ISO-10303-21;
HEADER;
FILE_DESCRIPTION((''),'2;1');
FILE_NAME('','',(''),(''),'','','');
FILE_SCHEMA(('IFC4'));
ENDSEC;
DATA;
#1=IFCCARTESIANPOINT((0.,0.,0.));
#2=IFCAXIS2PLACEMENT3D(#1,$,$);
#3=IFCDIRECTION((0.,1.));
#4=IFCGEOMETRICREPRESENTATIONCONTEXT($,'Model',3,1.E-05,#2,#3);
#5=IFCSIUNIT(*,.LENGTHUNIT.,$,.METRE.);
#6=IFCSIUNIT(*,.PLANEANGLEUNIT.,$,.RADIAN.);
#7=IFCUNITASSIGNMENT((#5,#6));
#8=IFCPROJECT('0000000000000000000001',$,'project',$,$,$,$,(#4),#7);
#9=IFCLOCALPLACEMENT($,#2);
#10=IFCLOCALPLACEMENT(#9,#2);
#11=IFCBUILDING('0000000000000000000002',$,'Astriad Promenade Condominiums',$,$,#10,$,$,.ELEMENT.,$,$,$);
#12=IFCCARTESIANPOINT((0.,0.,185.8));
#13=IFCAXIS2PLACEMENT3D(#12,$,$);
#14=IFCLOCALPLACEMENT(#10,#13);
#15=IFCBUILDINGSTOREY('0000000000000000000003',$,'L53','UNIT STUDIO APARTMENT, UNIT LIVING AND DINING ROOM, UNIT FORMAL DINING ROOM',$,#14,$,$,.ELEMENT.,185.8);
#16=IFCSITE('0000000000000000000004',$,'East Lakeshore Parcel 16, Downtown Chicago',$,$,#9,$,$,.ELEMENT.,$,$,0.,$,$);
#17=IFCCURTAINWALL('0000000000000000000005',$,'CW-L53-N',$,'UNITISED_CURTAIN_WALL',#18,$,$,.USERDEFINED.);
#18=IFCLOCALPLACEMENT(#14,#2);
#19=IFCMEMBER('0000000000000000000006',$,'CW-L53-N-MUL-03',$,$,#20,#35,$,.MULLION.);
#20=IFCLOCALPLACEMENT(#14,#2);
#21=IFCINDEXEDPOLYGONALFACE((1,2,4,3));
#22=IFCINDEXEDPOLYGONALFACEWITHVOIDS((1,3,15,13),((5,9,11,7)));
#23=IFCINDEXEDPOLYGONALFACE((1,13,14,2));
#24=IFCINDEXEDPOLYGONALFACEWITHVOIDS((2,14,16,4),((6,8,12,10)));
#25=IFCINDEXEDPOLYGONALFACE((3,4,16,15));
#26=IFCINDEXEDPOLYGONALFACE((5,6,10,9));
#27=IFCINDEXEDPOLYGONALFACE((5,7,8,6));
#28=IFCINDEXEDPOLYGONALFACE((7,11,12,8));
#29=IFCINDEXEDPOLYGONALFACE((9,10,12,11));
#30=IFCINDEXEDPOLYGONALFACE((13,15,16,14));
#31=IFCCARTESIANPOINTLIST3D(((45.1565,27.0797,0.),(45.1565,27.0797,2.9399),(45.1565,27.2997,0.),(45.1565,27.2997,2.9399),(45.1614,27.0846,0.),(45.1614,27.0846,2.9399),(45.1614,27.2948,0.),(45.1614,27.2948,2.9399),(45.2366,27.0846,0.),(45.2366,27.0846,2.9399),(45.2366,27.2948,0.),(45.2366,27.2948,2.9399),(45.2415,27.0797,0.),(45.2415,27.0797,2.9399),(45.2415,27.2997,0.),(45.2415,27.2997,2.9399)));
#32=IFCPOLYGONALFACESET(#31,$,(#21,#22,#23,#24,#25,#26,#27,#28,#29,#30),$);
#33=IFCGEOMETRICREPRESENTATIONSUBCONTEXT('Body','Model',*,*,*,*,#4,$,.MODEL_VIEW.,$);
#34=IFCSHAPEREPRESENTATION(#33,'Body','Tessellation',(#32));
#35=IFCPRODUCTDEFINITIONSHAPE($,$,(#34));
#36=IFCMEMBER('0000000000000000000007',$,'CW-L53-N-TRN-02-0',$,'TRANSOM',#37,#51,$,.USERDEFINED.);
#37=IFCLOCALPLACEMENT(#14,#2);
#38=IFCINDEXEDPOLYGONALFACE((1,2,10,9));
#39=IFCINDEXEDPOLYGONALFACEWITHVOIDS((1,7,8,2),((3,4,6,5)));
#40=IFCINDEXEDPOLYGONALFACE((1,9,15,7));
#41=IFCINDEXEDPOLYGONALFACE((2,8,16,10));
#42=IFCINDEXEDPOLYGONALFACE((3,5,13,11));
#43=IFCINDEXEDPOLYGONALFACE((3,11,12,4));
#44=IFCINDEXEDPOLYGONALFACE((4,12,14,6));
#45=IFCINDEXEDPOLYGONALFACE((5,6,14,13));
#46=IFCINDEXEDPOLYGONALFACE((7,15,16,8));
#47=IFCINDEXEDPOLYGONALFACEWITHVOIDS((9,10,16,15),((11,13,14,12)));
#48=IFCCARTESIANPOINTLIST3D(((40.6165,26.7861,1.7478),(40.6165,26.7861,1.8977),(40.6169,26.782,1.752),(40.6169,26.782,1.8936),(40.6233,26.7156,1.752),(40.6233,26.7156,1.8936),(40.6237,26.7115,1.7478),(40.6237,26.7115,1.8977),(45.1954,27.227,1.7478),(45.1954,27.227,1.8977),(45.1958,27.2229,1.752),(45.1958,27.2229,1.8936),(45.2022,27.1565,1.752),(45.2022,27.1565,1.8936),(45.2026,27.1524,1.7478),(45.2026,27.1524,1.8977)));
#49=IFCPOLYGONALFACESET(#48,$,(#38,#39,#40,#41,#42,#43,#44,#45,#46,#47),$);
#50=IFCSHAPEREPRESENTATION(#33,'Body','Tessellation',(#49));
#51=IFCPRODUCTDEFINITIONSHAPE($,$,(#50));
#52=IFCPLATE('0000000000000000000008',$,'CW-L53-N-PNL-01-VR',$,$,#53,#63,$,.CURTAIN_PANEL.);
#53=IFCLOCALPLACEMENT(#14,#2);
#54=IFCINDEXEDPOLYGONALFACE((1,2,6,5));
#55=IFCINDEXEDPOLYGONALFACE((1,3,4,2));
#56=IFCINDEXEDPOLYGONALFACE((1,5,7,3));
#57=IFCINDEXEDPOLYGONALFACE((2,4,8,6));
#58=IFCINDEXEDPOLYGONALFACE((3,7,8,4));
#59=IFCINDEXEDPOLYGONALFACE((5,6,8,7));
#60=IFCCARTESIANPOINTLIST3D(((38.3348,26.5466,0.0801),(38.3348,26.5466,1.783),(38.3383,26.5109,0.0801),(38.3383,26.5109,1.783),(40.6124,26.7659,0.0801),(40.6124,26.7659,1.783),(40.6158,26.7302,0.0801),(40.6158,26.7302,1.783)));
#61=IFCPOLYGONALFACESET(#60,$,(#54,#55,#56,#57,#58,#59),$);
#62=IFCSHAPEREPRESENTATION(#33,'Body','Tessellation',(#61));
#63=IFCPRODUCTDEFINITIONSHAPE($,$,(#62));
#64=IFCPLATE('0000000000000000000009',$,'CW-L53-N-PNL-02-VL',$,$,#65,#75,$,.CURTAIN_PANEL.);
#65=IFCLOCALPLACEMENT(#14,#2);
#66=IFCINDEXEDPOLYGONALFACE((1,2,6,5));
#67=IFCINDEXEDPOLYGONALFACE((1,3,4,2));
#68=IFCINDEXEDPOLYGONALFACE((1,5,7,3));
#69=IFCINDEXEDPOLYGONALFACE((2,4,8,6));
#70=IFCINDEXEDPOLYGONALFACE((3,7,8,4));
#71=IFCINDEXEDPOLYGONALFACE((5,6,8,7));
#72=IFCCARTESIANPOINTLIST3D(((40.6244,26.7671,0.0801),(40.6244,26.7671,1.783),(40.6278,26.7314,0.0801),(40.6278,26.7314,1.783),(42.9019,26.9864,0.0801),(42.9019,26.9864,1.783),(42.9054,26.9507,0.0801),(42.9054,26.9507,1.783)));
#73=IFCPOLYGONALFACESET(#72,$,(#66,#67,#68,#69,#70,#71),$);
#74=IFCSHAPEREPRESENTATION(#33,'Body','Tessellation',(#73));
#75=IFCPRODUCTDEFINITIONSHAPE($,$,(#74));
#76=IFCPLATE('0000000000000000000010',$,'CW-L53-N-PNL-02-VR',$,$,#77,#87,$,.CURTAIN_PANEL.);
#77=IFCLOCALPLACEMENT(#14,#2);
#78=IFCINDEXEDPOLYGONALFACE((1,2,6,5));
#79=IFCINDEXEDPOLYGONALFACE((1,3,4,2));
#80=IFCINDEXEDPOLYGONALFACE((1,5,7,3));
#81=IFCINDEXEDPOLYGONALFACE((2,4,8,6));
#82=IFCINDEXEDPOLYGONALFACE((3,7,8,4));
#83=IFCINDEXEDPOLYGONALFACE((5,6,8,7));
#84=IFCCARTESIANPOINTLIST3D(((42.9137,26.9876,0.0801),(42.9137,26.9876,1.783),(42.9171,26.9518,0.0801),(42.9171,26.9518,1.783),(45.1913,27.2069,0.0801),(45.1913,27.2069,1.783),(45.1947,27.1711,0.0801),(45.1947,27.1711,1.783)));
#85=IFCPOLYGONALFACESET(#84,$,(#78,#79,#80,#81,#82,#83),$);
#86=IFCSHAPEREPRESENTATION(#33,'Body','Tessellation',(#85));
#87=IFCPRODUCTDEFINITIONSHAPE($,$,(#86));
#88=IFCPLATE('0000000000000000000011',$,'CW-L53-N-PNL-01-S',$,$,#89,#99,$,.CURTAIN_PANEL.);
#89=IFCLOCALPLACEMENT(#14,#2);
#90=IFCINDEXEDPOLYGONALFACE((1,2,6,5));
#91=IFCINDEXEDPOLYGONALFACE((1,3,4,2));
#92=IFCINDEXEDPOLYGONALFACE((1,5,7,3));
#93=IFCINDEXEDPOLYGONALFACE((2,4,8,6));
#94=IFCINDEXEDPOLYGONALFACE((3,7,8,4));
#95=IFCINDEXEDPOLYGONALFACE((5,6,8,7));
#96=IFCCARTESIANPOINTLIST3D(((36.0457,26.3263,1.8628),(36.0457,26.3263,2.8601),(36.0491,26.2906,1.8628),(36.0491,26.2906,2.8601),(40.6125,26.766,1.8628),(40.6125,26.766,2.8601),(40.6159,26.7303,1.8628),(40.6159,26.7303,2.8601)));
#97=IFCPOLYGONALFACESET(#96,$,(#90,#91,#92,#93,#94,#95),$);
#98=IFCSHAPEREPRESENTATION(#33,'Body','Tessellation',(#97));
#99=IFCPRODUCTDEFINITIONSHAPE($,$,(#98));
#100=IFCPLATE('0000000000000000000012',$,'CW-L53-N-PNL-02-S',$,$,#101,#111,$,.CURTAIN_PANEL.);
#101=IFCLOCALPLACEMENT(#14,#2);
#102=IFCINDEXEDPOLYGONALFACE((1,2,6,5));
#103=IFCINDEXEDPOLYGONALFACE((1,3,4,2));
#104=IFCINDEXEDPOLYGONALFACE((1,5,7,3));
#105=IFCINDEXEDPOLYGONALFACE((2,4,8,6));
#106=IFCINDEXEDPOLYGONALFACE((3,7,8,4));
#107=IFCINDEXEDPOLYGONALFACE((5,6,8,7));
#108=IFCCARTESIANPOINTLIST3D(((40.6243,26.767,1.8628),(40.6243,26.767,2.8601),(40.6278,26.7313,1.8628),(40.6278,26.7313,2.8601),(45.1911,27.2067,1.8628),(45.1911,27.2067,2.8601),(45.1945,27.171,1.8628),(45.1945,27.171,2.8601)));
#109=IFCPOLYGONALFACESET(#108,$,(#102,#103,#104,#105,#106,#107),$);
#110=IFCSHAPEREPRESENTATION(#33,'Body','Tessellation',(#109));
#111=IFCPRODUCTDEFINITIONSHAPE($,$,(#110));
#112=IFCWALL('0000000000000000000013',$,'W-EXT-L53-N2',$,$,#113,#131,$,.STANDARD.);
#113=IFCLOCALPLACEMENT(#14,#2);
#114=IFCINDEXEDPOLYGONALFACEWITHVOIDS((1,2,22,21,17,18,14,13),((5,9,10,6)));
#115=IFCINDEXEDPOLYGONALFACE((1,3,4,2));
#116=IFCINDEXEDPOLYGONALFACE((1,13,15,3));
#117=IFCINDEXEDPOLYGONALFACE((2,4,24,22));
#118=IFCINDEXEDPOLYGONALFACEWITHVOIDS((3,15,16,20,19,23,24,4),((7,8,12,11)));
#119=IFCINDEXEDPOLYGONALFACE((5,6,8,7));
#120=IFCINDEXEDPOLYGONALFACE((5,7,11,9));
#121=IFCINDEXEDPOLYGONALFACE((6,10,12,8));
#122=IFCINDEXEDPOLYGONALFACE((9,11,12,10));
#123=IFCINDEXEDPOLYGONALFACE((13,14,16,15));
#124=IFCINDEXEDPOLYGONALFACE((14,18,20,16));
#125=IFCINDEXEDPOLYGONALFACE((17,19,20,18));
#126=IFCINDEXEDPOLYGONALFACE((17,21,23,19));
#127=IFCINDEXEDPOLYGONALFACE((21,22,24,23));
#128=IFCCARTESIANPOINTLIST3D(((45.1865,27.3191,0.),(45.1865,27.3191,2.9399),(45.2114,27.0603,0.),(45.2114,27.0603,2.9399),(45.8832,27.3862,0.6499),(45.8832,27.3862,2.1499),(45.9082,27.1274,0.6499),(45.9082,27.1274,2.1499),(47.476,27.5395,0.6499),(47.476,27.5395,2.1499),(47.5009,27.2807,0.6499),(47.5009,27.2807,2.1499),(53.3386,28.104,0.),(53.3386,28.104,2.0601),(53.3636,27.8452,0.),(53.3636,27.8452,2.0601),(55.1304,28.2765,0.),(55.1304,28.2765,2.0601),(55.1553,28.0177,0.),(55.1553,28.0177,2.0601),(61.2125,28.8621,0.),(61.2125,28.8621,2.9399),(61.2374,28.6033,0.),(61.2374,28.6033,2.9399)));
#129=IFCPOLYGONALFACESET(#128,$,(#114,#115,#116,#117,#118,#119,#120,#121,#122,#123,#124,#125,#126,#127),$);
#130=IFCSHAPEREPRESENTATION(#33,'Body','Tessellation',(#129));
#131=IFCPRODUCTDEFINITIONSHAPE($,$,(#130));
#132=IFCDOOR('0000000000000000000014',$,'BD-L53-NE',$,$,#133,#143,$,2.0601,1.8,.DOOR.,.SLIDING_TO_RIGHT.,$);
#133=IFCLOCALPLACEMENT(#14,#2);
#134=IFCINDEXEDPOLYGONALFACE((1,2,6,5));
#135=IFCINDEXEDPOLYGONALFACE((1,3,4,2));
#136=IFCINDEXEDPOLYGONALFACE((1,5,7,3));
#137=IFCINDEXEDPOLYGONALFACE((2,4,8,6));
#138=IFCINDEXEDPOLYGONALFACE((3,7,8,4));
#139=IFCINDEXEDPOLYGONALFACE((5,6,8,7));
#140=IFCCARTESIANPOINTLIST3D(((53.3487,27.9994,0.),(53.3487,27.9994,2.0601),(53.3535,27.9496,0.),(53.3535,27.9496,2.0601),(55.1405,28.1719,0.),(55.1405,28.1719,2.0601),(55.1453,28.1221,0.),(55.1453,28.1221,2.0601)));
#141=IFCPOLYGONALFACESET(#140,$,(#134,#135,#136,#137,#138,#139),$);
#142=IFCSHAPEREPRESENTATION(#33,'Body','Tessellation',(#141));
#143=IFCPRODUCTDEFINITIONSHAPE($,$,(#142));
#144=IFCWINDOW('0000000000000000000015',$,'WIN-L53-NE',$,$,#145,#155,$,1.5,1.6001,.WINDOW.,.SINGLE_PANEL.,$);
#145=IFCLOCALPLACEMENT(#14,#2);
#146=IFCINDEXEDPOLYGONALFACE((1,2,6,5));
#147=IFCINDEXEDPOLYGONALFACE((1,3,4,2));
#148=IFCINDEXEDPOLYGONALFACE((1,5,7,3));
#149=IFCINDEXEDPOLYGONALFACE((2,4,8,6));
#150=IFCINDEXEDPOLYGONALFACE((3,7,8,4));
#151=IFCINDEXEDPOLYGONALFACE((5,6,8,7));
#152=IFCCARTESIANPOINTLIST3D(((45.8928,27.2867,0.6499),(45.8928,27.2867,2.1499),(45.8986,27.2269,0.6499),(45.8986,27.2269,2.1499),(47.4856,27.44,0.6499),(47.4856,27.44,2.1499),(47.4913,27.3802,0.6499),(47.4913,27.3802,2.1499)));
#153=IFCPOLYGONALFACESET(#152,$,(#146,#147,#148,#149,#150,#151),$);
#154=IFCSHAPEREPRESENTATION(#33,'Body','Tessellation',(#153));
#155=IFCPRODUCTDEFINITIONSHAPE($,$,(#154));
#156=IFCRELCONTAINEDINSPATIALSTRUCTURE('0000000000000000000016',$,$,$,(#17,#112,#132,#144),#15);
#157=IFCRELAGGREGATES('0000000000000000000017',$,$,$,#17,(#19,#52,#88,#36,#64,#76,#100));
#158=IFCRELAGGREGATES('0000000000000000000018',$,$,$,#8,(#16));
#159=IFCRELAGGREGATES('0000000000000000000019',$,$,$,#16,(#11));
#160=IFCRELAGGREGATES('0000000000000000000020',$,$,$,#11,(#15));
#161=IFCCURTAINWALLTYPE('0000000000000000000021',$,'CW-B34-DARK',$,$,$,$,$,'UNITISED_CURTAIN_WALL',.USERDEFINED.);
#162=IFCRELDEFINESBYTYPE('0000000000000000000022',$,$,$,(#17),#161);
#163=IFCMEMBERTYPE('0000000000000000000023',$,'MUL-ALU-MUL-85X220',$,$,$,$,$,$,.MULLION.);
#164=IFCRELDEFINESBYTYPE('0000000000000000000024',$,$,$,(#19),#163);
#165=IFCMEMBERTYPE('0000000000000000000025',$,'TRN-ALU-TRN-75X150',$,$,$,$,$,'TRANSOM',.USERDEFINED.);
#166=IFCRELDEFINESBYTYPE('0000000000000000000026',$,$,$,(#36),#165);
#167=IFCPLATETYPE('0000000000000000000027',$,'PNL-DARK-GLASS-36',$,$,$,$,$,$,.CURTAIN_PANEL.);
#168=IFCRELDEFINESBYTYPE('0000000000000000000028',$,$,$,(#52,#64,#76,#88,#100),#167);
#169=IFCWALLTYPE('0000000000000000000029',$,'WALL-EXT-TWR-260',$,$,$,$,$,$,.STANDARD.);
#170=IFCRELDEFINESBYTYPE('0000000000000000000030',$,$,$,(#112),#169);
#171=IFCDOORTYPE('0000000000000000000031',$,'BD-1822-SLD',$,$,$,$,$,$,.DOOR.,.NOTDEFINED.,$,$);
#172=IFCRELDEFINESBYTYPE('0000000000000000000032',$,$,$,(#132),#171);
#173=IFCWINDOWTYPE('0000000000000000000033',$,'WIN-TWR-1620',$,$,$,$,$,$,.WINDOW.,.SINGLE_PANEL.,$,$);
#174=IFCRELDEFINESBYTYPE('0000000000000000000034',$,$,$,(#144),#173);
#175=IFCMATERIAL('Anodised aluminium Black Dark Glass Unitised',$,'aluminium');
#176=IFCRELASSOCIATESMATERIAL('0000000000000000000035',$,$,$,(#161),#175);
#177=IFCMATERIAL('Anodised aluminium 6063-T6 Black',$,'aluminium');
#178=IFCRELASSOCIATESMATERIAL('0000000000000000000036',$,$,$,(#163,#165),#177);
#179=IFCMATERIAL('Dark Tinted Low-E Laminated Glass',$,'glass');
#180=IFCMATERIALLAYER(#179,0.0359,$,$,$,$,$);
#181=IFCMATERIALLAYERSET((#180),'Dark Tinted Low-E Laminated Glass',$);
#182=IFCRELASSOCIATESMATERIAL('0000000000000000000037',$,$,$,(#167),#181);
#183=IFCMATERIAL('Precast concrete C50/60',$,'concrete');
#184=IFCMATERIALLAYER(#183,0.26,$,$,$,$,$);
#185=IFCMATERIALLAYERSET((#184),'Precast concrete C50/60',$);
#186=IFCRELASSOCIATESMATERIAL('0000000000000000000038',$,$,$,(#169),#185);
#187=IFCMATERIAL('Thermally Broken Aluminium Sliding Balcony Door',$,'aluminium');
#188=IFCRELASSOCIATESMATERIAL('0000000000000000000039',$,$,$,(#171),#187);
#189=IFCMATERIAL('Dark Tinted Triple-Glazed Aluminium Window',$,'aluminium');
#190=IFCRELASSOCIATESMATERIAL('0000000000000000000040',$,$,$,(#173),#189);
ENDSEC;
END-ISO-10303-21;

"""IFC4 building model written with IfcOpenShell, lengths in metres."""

from ifc_helpers import new_model, si_unit, direction, frame, frame_2d, origin, origin_2d, place, context, subcontext, project, spatial, rectangle, hollow_rectangle, extrude, source, transform, mapped, material, layer, layer_set, material_profile, profile_set, type_object, type_shapes, element, fill, aggregate, save


model = new_model("IFC4")

# Units and contexts
model_context = context("Model", 3, precision=1e-05, world=origin(), true_north=direction((0.0, 1.0)))
body_context = subcontext(model_context, "Body", "Model", "MODEL_VIEW")
ifc_project = project(units=[si_unit("LENGTHUNIT", "METRE"), si_unit("PLANEANGLEUNIT", "RADIAN")], contexts=[model_context])

# Site, building, storey
site_placement = place(None, origin())
site = spatial("IfcSite", under=ifc_project, at=site_placement, Name="East Lakeshore Parcel 16, Downtown Chicago", CompositionType="ELEMENT", RefElevation=0.0)
building_placement = place(site_placement, origin())
building = spatial("IfcBuilding", under=site, at=building_placement, Name="Astriad Promenade Condominiums", CompositionType="ELEMENT")
storey_placement = place(building_placement, frame((0.0, 0.0, 185.8)))
storey = spatial("IfcBuildingStorey", under=building, at=storey_placement, Name="L53", Description="UNIT STUDIO APARTMENT, UNIT LIVING AND DINING ROOM, UNIT FORMAL DINING ROOM", CompositionType="ELEMENT", Elevation=185.8)

# Curtain wall, members, plates
ifc_material_1 = material(Name="Anodised aluminium Black Dark Glass Unitised", Category="aluminium")
curtain_wall_type = type_object("IfcCurtainWallType", Name="CW-B34-DARK", ElementType="UNITISED_CURTAIN_WALL", PredefinedType="USERDEFINED", material=ifc_material_1)
curtain_wall_placement = place(storey_placement, origin())
curtain_wall = element("IfcCurtainWall", 1, at=curtain_wall_placement, inside=storey, type_object=curtain_wall_type, Name="CW-L53-N", ObjectType="UNITISED_CURTAIN_WALL", PredefinedType="USERDEFINED")
ifc_material_2 = material(Name="Anodised aluminium 6063-T6 Black", Category="aluminium")
ifc_material_profile_1 = material_profile(ifc_material_2, hollow_rectangle(XDim=0.085, YDim=0.22, WallThickness=0.0049, at=origin_2d()), Name="ALU-MUL-85X220")
ifc_profile_set_1 = profile_set([ifc_material_profile_1], Name="Anodised aluminium 6063-T6 Black")
member_type_1 = type_object("IfcMemberType", Name="MUL-ALU-MUL-85X220", PredefinedType="MULLION", material=ifc_profile_set_1)
shared_shape_1 = source(origin(), body_context, "Body", "SweptSolid", [
    extrude(hollow_rectangle(XDim=0.085, YDim=0.22, WallThickness=0.0049, at=origin_2d()), origin(), (0.0, 0.0, 1.0), 2.9399),
])
type_shapes(member_type_1, [shared_shape_1])
member_1_placement = place(storey_placement, frame((45.199, 27.1897, 0.0), z_axis=(0.0, 0.0, 1.0), x_axis=(1.0, 0.0, 0.0)))
member_1 = element("IfcMember", 2, at=member_1_placement, type_object=member_type_1, Name="CW-L53-N-MUL-03", PredefinedType="MULLION", context=body_context, shape_type="MappedRepresentation", body=[
    mapped(shared_shape_1, transform((0.0, 0.0, 0.0), scale=1.0)),
])
ifc_material_profile_2 = material_profile(ifc_material_2, hollow_rectangle(XDim=0.075, YDim=0.1499, WallThickness=0.0042, at=origin_2d()), Name="ALU-TRN-75X150")
ifc_profile_set_2 = profile_set([ifc_material_profile_2], Name="Anodised aluminium 6063-T6 Black")
member_type_2 = type_object("IfcMemberType", Name="TRN-ALU-TRN-75X150", ElementType="TRANSOM", PredefinedType="USERDEFINED", material=ifc_profile_set_2)
shared_shape_2 = source(origin(), body_context, "Body", "SweptSolid", [
    extrude(hollow_rectangle(XDim=0.075, YDim=0.1499, WallThickness=0.0042, at=origin_2d()), origin(), (0.0, 0.0, 1.0), 4.6001),
])
type_shapes(member_type_2, [shared_shape_2])
member_2_placement = place(storey_placement, frame((40.6201, 26.7488, 1.8228), z_axis=(0.995396, 0.095851, 0.0), x_axis=(-0.095851, 0.995396, 0.0)))
member_2 = element("IfcMember", 3, at=member_2_placement, type_object=member_type_2, Name="CW-L53-N-TRN-02-0", ObjectType="TRANSOM", PredefinedType="USERDEFINED", context=body_context, shape_type="MappedRepresentation", body=[
    mapped(shared_shape_2, transform((0.0, 0.0, 0.0), scale=1.0)),
])
ifc_material_3 = material(Name="Dark Tinted Low-E Laminated Glass", Category="glass")
ifc_layer_1 = layer(ifc_material_3, 0.0359)
ifc_layer_set_1 = layer_set([ifc_layer_1], Name="Dark Tinted Low-E Laminated Glass")
plate_type = type_object("IfcPlateType", Name="PNL-DARK-GLASS-36", PredefinedType="CURTAIN_PANEL", material=ifc_layer_set_1)
shared_shape_3 = source(origin(), body_context, "Body", "SweptSolid", [
    extrude(rectangle(XDim=2.2881, YDim=0.0359, at=origin_2d()), origin(), (0.0, 0.0, 1.0), 1.7029),
])
plate_1_placement = place(storey_placement, frame((39.4753, 26.6384, 0.0801), z_axis=(0.0, 0.0, 1.0), x_axis=(0.995396, 0.095846, 0.0)))
plate_1 = element("IfcPlate", 4, at=plate_1_placement, type_object=plate_type, Name="CW-L53-N-PNL-01-VR", PredefinedType="CURTAIN_PANEL", context=body_context, shape_type="MappedRepresentation", body=[
    mapped(shared_shape_3, transform((0.0, 0.0, 0.0), scale=1.0)),
])
plate_2_placement = place(storey_placement, frame((41.7649, 26.8589, 0.0801), z_axis=(0.0, 0.0, 1.0), x_axis=(0.995396, 0.095846, 0.0)))
plate_2 = element("IfcPlate", 5, at=plate_2_placement, type_object=plate_type, Name="CW-L53-N-PNL-02-VL", PredefinedType="CURTAIN_PANEL", context=body_context, shape_type="MappedRepresentation", body=[
    mapped(shared_shape_3, transform((0.0, 0.0, 0.0), scale=1.0)),
])
plate_3_placement = place(storey_placement, frame((44.0542, 27.0793, 0.0801), z_axis=(0.0, 0.0, 1.0), x_axis=(0.995396, 0.095846, 0.0)))
plate_3 = element("IfcPlate", 6, at=plate_3_placement, type_object=plate_type, Name="CW-L53-N-PNL-02-VR", PredefinedType="CURTAIN_PANEL", context=body_context, shape_type="MappedRepresentation", body=[
    mapped(shared_shape_3, transform((0.0, 0.0, 0.0), scale=1.0)),
])
shared_shape_4 = source(origin(), body_context, "Body", "SweptSolid", [
    extrude(rectangle(XDim=4.5879, YDim=0.0359, at=origin_2d()), origin(), (0.0, 0.0, 1.0), 0.9973),
])
type_shapes(plate_type, [shared_shape_3, shared_shape_4])
plate_4_placement = place(storey_placement, frame((38.3308, 26.5283, 1.8628), z_axis=(0.0, 0.0, 1.0), x_axis=(0.995396, 0.095846, 0.0)))
plate_4 = element("IfcPlate", 7, at=plate_4_placement, type_object=plate_type, Name="CW-L53-N-PNL-01-S", PredefinedType="CURTAIN_PANEL", context=body_context, shape_type="MappedRepresentation", body=[
    mapped(shared_shape_4, transform((0.0, 0.0, 0.0), scale=1.0)),
])
plate_5_placement = place(storey_placement, frame((42.9094, 26.969, 1.8628), z_axis=(0.0, 0.0, 1.0), x_axis=(0.995396, 0.095846, 0.0)))
plate_5 = element("IfcPlate", 8, at=plate_5_placement, type_object=plate_type, Name="CW-L53-N-PNL-02-S", PredefinedType="CURTAIN_PANEL", context=body_context, shape_type="MappedRepresentation", body=[
    mapped(shared_shape_4, transform((0.0, 0.0, 0.0), scale=1.0)),
])
aggregate(curtain_wall, [member_1, plate_1, plate_4, member_2, plate_2, plate_3, plate_5])

# Wall, openings, door, window
ifc_material_4 = material(Name="Precast concrete C50/60", Category="concrete")
ifc_layer_2 = layer(ifc_material_4, 0.26)
ifc_layer_set_2 = layer_set([ifc_layer_2], Name="Precast concrete C50/60")
wall_type_1 = type_object("IfcWallType", Name="WALL-EXT-TWR-260", PredefinedType="STANDARD", material=ifc_layer_set_2)
wall_1_placement = place(storey_placement, frame((45.199, 27.1897, 0.0), z_axis=(0.0, 0.0, 1.0), x_axis=(0.995397, 0.095837, 0.0)))
wall_1 = element("IfcWall", 9, at=wall_1_placement, inside=storey, type_object=wall_type_1, Name="W-EXT-L53-N2", PredefinedType="STANDARD", context=body_context, shape_type="SweptSolid", body=[
    extrude(rectangle(XDim=16.1001, YDim=0.26, at=frame_2d((8.05, 0.0))), origin(), (0.0, 0.0, 1.0), 2.9399),
])
opening_1_placement = place(wall_1_placement, frame((8.1899, 0.0, 0.0)))
opening_1 = element("IfcOpeningElement", 10, at=opening_1_placement, cuts=wall_1, PredefinedType="OPENING", context=body_context, shape_type="SweptSolid", body=[
    extrude(rectangle(XDim=1.8, YDim=2.0601, at=frame_2d((0.8999, 1.03))), frame((0.0, 0.1399, 0.0), z_axis=(0.0, -1.0, 0.0), x_axis=(1.0, 0.0, 0.0)), (0.0, 0.0, 1.0), 0.28),
])
opening_2_placement = place(wall_1_placement, frame((0.7, 0.0, 0.6499)))
opening_2 = element("IfcOpeningElement", 11, at=opening_2_placement, cuts=wall_1, PredefinedType="OPENING", context=body_context, shape_type="SweptSolid", body=[
    extrude(rectangle(XDim=1.6001, YDim=1.5, at=frame_2d((0.8, 0.75))), frame((0.0, 0.1399, 0.0), z_axis=(0.0, -1.0, 0.0), x_axis=(1.0, 0.0, 0.0)), (0.0, 0.0, 1.0), 0.28),
])
ifc_material_5 = material(Name="Thermally Broken Aluminium Sliding Balcony Door", Category="aluminium")
door_type_1 = type_object("IfcDoorType", Name="BD-1822-SLD", OperationType="NOTDEFINED", PredefinedType="DOOR", material=ifc_material_5)
shared_shape_5 = source(origin(), body_context, "Body", "SweptSolid", [
    extrude(rectangle(XDim=1.8, YDim=2.0601, at=frame_2d((0.8999, 1.03))), frame((0.0, 0.0249, 0.0), z_axis=(0.0, -1.0, 0.0), x_axis=(1.0, 0.0, 0.0)), (0.0, 0.0, 1.0), 0.05),
])
type_shapes(door_type_1, [shared_shape_5])
door_1_placement = place(opening_1_placement, origin())
door_1 = element("IfcDoor", 12, at=door_1_placement, inside=storey, type_object=door_type_1, Name="BD-L53-NE", OperationType="SLIDING_TO_RIGHT", OverallHeight=2.0601, OverallWidth=1.8, PredefinedType="DOOR", context=body_context, shape_type="MappedRepresentation", body=[
    mapped(shared_shape_5, transform((0.0, 0.0, 0.0), scale=1.0)),
])
fill(opening_1, door_1)
ifc_material_6 = material(Name="Dark Tinted Triple-Glazed Aluminium Window", Category="aluminium")
window_type = type_object("IfcWindowType", Name="WIN-TWR-1620", PartitioningType="SINGLE_PANEL", PredefinedType="WINDOW", material=ifc_material_6)
shared_shape_6 = source(origin(), body_context, "Body", "SweptSolid", [
    extrude(rectangle(XDim=1.6001, YDim=1.5, at=frame_2d((0.8, 0.75))), frame((0.0, 0.03, 0.0), z_axis=(0.0, -1.0, 0.0), x_axis=(1.0, 0.0, 0.0)), (0.0, 0.0, 1.0), 0.0601),
])
type_shapes(window_type, [shared_shape_6])
window_placement = place(opening_2_placement, origin())
window = element("IfcWindow", 13, at=window_placement, inside=storey, type_object=window_type, Name="WIN-L53-NE", OverallHeight=1.5, OverallWidth=1.6001, PartitioningType="SINGLE_PANEL", PredefinedType="WINDOW", context=body_context, shape_type="MappedRepresentation", body=[
    mapped(shared_shape_6, transform((0.0, 0.0, 0.0), scale=1.0)),
])
fill(opening_2, window)

save(model, "model.ifc")
